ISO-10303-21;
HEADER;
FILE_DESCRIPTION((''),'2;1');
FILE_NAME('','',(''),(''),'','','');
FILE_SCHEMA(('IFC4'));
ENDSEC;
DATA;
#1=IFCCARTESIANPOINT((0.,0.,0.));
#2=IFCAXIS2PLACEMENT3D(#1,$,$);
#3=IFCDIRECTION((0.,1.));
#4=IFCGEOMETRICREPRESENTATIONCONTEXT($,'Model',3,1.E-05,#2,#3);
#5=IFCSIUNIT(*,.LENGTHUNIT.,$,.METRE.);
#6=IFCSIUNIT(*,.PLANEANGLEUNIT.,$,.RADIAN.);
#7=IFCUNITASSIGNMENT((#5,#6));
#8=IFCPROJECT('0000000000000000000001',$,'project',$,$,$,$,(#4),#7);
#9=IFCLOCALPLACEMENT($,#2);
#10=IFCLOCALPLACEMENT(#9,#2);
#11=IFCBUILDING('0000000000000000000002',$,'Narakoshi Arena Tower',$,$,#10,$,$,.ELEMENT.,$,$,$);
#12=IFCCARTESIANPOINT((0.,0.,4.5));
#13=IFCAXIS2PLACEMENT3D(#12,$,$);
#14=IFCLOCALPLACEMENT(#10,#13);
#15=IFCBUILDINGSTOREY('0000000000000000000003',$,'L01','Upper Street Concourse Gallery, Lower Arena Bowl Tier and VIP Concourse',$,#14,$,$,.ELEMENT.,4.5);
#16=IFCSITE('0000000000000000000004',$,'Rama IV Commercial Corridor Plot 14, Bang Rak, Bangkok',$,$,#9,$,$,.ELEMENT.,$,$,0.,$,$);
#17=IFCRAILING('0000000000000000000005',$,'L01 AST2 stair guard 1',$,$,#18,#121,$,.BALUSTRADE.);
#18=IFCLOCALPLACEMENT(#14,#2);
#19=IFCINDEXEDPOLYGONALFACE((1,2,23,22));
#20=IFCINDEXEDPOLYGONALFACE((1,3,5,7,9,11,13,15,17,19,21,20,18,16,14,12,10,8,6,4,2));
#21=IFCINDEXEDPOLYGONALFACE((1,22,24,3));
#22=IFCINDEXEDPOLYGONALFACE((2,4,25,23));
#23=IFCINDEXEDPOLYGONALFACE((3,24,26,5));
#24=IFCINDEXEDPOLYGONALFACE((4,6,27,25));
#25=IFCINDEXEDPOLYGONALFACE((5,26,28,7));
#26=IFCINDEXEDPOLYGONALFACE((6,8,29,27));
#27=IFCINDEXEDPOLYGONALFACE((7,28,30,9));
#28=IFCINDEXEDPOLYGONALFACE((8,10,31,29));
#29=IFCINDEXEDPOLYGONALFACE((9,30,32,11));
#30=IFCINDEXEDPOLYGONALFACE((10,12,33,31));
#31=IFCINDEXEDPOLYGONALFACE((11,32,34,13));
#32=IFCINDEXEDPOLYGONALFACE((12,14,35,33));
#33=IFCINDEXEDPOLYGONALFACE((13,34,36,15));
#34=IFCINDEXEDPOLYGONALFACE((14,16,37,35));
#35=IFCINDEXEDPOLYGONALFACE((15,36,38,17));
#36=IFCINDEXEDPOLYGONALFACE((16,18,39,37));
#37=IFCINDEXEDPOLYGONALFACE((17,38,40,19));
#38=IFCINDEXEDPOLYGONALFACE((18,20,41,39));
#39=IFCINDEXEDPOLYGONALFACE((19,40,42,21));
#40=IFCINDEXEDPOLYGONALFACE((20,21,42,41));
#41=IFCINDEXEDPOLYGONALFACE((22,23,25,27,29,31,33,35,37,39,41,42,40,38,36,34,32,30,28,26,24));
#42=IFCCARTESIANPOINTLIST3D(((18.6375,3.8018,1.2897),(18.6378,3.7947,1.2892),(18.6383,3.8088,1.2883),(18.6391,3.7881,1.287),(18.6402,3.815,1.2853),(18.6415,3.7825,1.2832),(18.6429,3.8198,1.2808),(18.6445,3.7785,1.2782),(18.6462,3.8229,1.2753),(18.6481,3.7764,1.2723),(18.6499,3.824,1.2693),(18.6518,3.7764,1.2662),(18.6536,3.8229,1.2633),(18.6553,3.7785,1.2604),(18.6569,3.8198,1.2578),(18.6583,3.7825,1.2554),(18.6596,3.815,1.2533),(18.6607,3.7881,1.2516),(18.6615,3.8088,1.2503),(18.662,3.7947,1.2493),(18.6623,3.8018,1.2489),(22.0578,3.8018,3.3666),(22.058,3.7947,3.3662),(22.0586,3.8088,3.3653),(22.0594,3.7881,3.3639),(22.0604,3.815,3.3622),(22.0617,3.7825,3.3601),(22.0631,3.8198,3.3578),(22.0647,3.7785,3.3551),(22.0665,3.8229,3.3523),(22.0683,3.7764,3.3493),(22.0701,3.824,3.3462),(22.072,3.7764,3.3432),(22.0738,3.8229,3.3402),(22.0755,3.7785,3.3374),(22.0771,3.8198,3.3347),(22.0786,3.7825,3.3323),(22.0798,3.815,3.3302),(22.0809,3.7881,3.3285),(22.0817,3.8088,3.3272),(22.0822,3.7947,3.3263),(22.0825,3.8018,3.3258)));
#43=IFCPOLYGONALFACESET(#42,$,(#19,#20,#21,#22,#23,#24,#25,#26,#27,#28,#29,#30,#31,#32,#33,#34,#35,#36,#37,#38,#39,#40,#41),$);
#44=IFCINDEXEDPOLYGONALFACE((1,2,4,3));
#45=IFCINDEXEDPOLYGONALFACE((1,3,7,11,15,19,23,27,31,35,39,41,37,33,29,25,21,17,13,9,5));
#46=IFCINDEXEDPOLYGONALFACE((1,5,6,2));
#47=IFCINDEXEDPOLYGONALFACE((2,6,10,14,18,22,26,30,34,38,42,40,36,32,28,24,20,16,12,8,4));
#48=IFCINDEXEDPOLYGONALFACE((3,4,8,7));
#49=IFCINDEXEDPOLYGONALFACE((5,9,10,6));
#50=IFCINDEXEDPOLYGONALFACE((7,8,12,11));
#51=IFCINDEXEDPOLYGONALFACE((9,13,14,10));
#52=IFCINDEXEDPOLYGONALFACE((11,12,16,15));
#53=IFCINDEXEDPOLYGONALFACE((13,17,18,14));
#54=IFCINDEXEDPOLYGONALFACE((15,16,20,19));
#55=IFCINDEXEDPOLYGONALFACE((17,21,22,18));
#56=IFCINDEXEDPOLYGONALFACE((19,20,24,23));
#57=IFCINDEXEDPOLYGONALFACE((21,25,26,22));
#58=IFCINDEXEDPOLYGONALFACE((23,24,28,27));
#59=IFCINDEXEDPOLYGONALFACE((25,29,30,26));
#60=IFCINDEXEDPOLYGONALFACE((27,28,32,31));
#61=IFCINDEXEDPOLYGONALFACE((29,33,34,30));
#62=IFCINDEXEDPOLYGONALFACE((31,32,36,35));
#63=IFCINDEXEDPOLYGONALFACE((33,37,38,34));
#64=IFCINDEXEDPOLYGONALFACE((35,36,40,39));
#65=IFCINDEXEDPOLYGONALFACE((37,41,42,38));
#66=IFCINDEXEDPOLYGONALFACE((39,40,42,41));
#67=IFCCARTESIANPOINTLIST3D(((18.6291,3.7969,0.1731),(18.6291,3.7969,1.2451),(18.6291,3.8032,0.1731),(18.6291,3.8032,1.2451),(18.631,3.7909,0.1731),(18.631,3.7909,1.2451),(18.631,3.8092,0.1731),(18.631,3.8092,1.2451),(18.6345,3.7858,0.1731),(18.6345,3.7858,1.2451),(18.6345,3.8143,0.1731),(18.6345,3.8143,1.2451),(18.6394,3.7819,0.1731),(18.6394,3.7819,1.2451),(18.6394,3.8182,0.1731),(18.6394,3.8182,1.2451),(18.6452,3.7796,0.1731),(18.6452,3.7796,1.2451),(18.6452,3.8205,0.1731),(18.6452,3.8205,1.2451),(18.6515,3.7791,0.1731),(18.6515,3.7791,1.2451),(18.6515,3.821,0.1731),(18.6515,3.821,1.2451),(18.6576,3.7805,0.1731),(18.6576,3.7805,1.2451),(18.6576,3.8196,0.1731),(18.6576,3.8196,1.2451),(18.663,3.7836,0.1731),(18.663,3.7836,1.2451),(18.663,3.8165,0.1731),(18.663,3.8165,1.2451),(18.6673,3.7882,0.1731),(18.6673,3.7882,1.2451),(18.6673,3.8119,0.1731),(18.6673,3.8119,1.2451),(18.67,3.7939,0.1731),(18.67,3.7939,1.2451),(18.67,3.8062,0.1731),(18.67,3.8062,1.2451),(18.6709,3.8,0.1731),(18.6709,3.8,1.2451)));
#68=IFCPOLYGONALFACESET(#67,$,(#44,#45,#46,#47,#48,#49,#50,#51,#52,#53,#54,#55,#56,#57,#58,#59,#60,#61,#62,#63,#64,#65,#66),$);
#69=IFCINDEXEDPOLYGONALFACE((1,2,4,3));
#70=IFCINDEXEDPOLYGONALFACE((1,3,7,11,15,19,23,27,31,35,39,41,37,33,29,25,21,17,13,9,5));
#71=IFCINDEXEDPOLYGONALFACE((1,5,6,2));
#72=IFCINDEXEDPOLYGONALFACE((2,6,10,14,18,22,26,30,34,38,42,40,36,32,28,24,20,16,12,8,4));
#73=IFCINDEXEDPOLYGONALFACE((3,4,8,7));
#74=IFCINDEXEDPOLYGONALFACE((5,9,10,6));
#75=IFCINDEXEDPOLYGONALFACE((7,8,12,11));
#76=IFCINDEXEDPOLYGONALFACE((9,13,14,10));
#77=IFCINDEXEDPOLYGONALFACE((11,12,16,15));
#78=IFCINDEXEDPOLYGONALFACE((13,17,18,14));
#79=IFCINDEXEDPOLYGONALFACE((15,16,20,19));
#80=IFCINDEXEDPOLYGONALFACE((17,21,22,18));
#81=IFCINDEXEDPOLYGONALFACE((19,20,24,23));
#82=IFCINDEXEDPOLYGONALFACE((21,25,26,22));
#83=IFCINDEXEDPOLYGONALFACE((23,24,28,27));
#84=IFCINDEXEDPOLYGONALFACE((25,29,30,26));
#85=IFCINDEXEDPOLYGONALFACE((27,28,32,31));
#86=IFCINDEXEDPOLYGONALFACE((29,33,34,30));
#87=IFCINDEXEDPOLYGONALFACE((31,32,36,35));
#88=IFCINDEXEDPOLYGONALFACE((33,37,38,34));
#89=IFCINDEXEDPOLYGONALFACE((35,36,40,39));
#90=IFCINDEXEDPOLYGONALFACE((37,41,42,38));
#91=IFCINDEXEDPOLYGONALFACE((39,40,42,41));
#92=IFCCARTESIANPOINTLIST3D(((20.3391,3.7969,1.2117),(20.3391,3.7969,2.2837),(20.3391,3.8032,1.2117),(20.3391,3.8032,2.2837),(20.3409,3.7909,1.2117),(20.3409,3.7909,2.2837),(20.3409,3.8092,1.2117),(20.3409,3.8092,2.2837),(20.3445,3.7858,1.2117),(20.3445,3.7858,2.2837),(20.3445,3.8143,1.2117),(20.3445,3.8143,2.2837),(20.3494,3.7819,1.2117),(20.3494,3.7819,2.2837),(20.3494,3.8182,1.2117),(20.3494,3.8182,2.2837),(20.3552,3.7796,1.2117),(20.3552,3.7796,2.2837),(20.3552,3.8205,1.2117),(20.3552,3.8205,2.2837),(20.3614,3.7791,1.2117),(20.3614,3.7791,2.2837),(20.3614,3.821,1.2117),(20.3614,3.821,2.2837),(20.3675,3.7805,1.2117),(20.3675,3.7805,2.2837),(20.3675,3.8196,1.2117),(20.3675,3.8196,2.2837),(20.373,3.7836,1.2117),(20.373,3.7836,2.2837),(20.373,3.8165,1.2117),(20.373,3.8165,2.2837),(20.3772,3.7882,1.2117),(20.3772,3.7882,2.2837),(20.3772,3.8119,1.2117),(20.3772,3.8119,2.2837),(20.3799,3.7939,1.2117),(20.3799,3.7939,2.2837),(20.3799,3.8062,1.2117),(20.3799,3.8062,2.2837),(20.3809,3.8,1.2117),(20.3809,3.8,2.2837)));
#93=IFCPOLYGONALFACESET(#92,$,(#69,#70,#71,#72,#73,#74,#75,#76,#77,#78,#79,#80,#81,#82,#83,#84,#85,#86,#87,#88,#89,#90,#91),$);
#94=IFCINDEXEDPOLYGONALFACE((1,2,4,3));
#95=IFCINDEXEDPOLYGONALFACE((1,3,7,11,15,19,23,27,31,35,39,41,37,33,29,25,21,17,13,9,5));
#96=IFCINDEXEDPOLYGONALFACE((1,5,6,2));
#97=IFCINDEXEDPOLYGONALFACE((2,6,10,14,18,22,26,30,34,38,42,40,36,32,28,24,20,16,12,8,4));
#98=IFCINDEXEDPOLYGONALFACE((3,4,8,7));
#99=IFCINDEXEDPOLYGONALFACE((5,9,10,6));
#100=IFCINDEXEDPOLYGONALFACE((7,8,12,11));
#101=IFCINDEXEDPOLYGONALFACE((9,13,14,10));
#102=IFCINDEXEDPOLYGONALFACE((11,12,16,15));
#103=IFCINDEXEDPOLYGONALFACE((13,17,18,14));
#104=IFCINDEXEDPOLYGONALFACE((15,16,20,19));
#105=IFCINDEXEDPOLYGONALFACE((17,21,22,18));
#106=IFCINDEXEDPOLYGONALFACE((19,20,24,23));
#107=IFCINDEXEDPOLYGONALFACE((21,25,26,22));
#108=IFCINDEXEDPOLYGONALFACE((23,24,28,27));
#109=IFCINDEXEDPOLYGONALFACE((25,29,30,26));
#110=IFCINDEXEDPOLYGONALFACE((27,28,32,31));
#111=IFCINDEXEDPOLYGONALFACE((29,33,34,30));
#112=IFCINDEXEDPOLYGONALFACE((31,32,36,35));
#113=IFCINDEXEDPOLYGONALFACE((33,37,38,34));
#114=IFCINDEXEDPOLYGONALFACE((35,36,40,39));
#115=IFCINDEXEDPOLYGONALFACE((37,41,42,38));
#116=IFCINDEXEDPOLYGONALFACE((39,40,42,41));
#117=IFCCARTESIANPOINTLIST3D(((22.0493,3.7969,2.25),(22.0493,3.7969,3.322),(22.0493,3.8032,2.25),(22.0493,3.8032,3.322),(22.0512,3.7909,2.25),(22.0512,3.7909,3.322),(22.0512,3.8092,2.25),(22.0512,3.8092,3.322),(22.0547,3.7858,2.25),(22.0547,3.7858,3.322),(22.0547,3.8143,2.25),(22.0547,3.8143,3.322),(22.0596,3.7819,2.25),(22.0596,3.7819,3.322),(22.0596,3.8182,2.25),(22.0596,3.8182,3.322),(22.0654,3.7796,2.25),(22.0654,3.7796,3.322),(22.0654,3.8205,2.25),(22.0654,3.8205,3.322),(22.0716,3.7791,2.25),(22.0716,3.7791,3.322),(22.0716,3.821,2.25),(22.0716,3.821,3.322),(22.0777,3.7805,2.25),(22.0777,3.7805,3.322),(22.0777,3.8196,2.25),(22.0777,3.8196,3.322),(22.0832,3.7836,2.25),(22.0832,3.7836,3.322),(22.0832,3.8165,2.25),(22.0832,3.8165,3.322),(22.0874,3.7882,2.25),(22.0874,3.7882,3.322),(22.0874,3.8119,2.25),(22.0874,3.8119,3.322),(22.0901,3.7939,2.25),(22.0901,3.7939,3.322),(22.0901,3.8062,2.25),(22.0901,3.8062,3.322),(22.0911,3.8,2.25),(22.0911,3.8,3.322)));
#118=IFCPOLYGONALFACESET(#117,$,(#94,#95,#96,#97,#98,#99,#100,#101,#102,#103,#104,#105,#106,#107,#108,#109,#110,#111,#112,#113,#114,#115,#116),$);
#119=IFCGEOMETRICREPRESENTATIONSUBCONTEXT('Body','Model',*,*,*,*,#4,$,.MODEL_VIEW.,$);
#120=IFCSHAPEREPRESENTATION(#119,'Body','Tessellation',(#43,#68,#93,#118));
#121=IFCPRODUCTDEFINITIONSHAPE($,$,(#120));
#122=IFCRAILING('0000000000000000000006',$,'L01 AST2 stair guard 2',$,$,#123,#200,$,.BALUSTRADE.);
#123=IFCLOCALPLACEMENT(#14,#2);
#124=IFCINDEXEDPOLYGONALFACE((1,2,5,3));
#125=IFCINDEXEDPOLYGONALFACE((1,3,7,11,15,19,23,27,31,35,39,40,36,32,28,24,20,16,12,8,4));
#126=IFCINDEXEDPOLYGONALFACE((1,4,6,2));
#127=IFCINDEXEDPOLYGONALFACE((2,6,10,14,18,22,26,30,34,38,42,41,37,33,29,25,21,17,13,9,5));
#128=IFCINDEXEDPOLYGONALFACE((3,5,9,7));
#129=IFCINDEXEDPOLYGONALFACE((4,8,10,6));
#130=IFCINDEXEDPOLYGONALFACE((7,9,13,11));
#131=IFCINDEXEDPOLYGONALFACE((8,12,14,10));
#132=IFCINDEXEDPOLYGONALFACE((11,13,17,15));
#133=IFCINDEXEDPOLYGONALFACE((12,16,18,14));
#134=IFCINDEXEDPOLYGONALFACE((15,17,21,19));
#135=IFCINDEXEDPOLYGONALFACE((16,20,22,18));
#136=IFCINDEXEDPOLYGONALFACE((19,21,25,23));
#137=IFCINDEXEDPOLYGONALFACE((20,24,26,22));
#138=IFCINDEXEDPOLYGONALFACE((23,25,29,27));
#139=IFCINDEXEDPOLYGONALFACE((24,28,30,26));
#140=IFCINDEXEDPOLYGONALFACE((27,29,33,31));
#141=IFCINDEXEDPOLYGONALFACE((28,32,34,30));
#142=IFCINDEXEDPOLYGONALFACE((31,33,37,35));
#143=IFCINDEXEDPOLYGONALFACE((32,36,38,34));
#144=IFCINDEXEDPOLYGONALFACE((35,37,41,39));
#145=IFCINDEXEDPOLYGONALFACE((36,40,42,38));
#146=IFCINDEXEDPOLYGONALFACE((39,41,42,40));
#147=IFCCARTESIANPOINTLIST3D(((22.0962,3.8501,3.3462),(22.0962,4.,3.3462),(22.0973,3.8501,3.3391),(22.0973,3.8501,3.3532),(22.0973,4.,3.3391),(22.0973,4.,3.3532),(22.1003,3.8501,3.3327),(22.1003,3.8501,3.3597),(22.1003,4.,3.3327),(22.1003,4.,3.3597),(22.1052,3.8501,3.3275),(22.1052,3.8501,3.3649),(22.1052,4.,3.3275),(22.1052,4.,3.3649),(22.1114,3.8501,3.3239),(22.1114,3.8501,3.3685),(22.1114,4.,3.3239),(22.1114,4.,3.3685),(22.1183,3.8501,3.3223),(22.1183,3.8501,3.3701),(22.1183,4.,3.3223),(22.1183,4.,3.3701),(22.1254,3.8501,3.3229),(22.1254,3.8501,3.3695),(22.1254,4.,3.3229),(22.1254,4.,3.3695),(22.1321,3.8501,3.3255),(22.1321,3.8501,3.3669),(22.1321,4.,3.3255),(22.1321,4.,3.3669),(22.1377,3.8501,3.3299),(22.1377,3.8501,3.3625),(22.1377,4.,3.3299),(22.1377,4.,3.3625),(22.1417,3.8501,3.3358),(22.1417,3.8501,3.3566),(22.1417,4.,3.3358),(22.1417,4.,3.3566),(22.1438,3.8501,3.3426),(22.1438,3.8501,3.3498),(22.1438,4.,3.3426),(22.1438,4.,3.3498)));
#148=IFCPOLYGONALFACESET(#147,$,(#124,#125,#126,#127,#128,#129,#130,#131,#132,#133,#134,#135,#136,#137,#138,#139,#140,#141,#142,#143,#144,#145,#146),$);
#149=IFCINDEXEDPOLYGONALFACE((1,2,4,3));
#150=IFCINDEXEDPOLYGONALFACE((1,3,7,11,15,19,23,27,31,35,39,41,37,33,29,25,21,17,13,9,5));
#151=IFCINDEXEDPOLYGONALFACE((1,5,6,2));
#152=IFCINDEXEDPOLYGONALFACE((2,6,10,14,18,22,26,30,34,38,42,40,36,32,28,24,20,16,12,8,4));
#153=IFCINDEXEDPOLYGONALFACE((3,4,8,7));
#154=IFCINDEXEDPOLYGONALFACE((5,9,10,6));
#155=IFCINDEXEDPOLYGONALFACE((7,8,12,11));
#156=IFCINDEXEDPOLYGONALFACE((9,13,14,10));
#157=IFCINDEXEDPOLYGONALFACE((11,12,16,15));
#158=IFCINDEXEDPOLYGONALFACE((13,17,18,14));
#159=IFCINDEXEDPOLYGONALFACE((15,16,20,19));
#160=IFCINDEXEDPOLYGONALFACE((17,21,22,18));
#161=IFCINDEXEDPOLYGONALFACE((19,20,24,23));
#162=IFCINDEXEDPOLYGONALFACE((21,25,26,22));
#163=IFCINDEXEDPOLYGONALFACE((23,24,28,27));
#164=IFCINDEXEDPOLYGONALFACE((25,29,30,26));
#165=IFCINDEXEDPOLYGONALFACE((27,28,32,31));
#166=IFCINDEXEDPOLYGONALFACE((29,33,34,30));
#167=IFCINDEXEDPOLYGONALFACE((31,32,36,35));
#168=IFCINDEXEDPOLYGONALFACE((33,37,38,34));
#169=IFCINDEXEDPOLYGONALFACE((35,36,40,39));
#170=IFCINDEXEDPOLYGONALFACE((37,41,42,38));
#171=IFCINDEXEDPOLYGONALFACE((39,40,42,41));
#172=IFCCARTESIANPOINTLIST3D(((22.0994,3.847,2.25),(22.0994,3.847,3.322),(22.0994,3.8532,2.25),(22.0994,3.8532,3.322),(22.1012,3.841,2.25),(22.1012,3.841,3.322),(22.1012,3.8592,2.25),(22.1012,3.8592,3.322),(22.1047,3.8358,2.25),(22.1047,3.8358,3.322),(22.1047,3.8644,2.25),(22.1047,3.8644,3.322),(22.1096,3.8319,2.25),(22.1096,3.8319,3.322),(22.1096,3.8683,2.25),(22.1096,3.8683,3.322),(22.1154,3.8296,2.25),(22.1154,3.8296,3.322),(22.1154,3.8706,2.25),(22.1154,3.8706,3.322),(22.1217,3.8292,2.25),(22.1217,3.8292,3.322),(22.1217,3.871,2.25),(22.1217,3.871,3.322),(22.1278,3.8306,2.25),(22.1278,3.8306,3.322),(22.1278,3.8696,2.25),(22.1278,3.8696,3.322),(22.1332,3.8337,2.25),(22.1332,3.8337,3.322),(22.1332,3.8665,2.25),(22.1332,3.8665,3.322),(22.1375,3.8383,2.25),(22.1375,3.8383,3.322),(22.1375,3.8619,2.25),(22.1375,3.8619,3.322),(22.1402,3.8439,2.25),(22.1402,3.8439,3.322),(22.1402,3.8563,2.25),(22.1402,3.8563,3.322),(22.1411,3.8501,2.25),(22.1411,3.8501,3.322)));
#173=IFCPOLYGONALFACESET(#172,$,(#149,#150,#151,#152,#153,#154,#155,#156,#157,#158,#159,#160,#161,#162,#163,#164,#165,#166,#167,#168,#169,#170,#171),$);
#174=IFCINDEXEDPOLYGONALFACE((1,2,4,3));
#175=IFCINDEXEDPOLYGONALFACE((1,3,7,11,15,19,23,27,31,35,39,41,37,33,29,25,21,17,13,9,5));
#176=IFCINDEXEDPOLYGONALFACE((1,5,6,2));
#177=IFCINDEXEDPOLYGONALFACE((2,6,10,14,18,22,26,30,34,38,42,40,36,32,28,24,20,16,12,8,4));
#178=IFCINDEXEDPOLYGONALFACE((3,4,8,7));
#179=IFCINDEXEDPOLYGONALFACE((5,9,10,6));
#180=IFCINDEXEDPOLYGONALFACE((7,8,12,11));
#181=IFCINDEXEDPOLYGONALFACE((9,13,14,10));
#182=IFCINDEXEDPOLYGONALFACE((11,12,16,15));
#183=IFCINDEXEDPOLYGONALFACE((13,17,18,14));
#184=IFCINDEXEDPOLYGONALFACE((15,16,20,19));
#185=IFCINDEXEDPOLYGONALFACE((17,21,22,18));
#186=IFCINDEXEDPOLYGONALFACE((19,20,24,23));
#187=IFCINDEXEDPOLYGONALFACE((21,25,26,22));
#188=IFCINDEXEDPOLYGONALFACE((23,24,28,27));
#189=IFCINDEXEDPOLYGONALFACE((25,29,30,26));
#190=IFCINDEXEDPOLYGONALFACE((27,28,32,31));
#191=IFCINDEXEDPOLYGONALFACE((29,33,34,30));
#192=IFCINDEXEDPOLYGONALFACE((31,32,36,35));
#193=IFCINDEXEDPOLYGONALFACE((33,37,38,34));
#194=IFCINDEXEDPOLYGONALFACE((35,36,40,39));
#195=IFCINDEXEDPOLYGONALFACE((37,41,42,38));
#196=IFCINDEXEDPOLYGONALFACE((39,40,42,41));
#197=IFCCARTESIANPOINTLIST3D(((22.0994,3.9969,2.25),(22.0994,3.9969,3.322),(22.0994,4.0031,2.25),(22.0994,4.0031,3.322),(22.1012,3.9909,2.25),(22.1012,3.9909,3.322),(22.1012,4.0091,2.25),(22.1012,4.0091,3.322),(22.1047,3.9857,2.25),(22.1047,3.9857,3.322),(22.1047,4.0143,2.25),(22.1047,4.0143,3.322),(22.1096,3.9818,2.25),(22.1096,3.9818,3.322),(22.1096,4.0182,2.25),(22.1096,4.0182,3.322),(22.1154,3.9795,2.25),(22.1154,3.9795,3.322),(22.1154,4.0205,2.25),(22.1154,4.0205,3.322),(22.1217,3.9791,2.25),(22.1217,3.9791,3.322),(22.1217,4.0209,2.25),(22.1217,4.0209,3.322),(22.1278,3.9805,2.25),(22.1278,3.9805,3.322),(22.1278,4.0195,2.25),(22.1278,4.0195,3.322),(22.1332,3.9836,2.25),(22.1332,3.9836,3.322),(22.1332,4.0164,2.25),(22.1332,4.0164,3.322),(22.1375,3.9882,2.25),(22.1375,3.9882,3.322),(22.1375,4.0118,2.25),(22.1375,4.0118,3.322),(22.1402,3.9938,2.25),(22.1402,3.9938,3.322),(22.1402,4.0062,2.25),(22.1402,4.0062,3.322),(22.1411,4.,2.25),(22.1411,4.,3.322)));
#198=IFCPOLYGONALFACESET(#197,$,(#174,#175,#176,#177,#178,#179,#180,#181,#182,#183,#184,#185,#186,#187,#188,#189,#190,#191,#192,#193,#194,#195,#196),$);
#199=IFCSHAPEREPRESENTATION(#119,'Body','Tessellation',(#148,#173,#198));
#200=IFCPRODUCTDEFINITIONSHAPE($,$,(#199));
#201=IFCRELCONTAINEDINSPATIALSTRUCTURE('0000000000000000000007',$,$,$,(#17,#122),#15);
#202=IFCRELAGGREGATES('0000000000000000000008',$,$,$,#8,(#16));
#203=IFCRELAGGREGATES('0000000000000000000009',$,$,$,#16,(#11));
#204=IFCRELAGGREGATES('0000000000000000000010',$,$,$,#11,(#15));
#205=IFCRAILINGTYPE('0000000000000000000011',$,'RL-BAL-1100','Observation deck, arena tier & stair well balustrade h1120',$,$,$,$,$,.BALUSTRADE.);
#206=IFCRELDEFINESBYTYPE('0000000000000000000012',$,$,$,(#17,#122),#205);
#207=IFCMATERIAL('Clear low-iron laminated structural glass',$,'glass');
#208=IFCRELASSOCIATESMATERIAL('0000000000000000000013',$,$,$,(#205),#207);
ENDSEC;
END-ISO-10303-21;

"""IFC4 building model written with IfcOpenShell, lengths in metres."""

from ifc_helpers import new_model, si_unit, direction, frame, origin, origin_2d, place, context, subcontext, project, spatial, circle, extrude, material, type_object, element, save


model = new_model("IFC4")

# Units and contexts
model_context = context("Model", 3, precision=1e-05, world=origin(), true_north=direction((0.0, 1.0)))
body_context = subcontext(model_context, "Body", "Model", "MODEL_VIEW")
ifc_project = project(units=[si_unit("LENGTHUNIT", "METRE"), si_unit("PLANEANGLEUNIT", "RADIAN")], contexts=[model_context])

# Site, building, storey
site_placement = place(None, origin())
site = spatial("IfcSite", under=ifc_project, at=site_placement, Name="Rama IV Commercial Corridor Plot 14, Bang Rak, Bangkok", CompositionType="ELEMENT", RefElevation=0.0)
building_placement = place(site_placement, origin())
building = spatial("IfcBuilding", under=site, at=building_placement, Name="Narakoshi Arena Tower", CompositionType="ELEMENT")
storey_placement = place(building_placement, frame((0.0, 0.0, 4.5)))
storey = spatial("IfcBuildingStorey", under=building, at=storey_placement, Name="L01", Description="Upper Street Concourse Gallery, Lower Arena Bowl Tier and VIP Concourse", CompositionType="ELEMENT", Elevation=4.5)

# Railings
ifc_material_1 = material(Name="Clear low-iron laminated structural glass", Category="glass")
railing_type_1 = type_object("IfcRailingType", Name="RL-BAL-1100", Description="Observation deck, arena tier & stair well balustrade h1120", PredefinedType="BALUSTRADE", material=ifc_material_1)
railing_1_placement = place(storey_placement, frame((18.6499, 3.8, 0.1731)))
element("IfcRailing", 1, at=railing_1_placement, inside=storey, type_object=railing_type_1, Name="L01 AST2 stair guard 1", PredefinedType="BALUSTRADE", context=body_context, shape_type="SweptSolid", body=[
    extrude(circle(Radius=0.0239, at=origin_2d()), frame((0.0, 0.0, 1.0962), z_axis=(0.854746, 0.0, 0.519047), x_axis=(0.0, 1.0, 0.0)), (0.0, 0.0, 1.0), 4.0015),
    extrude(circle(Radius=0.021, at=origin_2d()), origin(), (0.0, 0.0, 1.0), 1.072),
    extrude(circle(Radius=0.021, at=origin_2d()), frame((1.71, 0.0, 1.0386)), (0.0, 0.0, 1.0), 1.072),
    extrude(circle(Radius=0.021, at=origin_2d()), frame((3.4202, 0.0, 2.0769)), (0.0, 0.0, 1.0), 1.072),
])
for number, where, name in (
    (2, (22.1201, 3.8501, 2.25), "L01 AST2 stair guard 2"),
):
    element("IfcRailing", number, at=place(storey_placement, frame(where)), inside=storey, type_object=railing_type_1, Name=name, PredefinedType="BALUSTRADE", context=body_context, shape_type="SweptSolid", body=[
        extrude(circle(Radius=0.0239, at=origin_2d()), frame((0.0, 0.0, 1.0962), z_axis=(0.0, 1.0, 0.0), x_axis=(-1.0, 0.0, 0.0)), (0.0, 0.0, 1.0), 0.1499),
        extrude(circle(Radius=0.021, at=origin_2d()), origin(), (0.0, 0.0, 1.0), 1.072),
        extrude(circle(Radius=0.021, at=origin_2d()), frame((0.0, 0.1499, 0.0)), (0.0, 0.0, 1.0), 1.072),
    ])

save(model, "model.ifc")
